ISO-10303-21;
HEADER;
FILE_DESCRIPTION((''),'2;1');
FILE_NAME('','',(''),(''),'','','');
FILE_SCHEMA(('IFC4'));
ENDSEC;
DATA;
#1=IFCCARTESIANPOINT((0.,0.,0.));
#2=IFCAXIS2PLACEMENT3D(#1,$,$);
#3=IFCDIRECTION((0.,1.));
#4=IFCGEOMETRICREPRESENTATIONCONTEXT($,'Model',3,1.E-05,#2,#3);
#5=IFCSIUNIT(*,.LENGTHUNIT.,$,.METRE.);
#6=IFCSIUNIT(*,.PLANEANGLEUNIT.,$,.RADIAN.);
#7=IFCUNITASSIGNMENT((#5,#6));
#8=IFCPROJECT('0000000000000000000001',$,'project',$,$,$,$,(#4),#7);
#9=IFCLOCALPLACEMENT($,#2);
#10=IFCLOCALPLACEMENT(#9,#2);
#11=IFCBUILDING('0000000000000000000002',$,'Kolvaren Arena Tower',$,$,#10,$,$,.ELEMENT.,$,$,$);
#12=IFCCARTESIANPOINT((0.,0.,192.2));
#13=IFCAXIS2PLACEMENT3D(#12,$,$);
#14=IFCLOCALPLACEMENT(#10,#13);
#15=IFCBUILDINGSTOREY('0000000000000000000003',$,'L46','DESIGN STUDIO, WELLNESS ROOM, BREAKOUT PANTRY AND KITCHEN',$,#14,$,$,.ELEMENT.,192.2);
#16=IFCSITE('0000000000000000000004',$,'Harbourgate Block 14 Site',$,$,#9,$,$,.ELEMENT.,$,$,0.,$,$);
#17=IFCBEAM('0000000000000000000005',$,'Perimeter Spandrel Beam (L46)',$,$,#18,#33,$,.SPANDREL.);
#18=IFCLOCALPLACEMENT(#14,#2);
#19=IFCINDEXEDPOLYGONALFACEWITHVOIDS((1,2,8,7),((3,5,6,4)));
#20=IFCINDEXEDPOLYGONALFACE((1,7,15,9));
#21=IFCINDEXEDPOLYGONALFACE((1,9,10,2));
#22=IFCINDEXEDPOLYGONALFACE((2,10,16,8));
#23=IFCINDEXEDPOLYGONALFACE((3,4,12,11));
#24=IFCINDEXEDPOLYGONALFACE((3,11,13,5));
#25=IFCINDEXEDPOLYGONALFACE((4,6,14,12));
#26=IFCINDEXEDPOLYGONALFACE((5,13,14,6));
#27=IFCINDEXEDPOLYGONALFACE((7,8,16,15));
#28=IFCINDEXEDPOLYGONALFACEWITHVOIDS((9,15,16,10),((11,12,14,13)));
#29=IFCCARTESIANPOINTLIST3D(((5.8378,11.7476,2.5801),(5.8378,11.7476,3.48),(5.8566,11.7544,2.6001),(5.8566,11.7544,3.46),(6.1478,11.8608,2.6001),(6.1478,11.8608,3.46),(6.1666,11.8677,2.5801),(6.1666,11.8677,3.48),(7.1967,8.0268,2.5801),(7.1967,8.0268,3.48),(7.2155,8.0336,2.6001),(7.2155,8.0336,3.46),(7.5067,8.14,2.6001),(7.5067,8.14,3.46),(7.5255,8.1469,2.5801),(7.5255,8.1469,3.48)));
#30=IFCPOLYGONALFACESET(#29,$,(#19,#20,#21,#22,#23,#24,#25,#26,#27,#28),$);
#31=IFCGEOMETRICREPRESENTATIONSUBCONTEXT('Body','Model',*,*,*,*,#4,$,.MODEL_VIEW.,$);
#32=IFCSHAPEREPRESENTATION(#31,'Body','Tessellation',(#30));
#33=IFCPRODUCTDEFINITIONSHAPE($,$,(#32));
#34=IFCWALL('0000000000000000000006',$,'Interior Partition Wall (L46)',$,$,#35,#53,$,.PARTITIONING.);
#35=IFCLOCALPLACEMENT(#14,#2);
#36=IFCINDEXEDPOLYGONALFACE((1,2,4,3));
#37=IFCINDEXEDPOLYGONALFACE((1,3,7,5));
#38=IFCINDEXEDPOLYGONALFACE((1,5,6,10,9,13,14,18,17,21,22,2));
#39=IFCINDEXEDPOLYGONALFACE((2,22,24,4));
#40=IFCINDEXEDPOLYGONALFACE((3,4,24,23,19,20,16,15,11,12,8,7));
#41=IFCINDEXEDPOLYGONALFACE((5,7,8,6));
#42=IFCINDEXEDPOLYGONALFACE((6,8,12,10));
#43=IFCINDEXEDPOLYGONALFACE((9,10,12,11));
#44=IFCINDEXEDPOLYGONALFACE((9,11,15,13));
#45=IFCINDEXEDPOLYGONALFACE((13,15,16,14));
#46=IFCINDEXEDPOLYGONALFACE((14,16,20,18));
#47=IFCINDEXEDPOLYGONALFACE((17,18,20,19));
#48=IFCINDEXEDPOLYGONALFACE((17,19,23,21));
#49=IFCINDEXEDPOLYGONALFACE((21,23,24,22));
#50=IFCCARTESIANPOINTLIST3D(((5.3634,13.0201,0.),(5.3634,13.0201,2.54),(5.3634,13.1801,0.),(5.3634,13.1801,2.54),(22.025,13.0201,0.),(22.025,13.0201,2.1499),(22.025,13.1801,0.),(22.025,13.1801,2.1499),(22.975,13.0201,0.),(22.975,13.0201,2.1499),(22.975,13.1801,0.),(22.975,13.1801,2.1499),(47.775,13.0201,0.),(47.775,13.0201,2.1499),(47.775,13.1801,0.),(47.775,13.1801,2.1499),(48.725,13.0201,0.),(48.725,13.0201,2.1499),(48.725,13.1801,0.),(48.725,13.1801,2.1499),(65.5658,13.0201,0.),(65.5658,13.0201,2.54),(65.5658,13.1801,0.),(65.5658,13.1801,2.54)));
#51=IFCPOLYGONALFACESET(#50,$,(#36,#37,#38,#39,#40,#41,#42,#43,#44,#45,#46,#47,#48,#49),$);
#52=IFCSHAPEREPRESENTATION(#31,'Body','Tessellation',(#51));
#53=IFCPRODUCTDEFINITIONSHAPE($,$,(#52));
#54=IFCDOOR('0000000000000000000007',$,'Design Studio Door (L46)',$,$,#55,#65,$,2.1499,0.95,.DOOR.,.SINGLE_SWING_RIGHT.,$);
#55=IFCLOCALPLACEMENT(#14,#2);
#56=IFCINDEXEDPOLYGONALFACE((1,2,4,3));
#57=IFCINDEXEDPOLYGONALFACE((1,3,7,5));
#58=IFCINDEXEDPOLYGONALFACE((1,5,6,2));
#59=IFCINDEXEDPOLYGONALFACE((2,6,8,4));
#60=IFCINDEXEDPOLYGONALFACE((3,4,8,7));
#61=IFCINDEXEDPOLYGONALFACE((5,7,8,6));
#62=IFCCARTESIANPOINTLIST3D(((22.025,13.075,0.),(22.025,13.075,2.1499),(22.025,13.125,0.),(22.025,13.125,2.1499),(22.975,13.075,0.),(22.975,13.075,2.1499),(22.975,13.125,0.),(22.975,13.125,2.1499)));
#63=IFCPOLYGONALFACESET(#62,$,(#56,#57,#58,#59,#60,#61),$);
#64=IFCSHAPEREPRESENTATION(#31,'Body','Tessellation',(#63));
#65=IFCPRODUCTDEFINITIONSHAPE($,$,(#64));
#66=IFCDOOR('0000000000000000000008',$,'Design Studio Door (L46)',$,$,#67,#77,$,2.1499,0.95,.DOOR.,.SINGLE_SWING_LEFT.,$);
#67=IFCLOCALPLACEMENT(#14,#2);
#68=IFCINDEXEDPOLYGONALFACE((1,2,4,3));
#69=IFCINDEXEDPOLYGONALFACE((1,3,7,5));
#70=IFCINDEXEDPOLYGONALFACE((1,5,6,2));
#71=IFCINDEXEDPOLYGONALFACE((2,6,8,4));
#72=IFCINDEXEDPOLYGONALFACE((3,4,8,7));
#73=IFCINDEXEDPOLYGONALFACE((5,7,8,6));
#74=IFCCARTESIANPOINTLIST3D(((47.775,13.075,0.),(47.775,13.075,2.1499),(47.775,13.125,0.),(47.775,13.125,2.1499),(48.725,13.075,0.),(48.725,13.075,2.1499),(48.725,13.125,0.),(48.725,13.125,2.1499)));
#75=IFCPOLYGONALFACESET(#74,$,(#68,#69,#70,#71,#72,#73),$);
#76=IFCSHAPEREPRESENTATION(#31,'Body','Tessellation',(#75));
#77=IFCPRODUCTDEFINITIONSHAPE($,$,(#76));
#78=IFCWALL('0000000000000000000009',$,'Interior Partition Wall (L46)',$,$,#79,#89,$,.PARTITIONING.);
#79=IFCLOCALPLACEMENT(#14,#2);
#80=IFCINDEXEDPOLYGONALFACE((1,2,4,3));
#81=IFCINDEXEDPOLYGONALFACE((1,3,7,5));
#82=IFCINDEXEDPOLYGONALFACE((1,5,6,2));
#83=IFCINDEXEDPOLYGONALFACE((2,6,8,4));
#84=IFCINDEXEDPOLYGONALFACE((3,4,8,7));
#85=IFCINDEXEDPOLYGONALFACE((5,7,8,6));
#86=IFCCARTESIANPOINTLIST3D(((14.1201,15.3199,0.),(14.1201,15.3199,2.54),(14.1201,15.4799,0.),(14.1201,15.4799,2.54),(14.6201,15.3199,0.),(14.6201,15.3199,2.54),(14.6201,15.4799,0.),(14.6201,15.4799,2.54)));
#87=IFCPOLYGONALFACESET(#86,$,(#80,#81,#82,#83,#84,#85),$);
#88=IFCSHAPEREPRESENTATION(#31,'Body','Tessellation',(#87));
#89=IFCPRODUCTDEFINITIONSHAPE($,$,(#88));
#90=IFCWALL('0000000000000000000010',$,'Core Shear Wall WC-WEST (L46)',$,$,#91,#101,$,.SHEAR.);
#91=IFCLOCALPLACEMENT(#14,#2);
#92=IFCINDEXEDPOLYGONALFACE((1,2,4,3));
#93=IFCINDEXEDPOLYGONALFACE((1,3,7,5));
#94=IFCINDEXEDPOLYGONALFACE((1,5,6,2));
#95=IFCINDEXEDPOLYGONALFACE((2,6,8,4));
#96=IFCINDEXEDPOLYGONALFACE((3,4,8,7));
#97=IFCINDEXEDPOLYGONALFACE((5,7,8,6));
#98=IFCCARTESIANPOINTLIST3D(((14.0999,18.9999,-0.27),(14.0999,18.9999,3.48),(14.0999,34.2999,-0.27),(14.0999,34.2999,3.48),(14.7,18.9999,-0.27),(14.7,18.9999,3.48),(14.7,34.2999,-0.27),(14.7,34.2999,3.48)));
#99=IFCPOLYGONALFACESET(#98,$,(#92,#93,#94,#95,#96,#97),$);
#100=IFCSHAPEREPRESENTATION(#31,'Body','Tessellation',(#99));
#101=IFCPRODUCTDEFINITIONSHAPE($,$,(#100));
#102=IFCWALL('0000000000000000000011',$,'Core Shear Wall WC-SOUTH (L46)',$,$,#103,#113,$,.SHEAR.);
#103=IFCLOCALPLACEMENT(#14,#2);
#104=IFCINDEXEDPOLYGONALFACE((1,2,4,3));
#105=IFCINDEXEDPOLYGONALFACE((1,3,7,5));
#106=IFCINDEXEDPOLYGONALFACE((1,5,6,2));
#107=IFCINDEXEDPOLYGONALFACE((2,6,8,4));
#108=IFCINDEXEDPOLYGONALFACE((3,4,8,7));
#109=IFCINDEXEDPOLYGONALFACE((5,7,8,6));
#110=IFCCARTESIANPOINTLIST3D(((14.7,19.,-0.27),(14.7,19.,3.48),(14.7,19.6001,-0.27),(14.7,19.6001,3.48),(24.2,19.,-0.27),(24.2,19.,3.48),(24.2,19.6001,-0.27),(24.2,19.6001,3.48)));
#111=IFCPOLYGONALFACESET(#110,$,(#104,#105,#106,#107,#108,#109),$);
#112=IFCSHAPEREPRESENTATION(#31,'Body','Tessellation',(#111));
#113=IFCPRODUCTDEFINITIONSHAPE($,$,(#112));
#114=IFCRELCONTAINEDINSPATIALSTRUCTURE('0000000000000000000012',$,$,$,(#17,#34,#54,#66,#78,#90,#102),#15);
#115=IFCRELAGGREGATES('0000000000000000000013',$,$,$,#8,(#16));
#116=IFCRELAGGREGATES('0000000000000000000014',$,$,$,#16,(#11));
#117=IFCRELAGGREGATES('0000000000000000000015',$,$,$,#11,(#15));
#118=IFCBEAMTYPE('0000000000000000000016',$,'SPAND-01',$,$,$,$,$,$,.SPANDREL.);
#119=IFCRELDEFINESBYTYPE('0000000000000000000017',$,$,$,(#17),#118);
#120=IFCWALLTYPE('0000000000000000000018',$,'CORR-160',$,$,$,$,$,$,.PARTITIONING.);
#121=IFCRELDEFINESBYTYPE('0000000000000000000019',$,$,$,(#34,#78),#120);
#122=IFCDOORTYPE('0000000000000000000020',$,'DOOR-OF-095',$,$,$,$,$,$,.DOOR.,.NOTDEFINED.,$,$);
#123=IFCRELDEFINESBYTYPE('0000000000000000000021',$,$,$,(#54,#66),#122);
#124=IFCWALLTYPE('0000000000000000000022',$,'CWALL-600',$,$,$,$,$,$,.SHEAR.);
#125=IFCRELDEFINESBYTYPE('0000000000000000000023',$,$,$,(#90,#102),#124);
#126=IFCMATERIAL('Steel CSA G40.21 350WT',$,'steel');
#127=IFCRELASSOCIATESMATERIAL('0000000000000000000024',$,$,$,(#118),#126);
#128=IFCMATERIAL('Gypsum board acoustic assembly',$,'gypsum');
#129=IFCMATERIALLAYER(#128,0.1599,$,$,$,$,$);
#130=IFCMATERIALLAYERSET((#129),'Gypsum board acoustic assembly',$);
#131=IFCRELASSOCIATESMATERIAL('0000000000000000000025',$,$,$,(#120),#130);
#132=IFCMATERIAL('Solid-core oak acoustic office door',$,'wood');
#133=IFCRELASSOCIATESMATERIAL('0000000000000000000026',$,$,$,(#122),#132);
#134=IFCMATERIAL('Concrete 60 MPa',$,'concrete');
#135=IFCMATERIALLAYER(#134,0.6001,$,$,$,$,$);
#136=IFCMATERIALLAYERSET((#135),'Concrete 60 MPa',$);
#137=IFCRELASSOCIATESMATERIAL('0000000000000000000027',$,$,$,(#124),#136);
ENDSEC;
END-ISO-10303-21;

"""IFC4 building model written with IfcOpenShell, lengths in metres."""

from ifc_helpers import new_model, si_unit, direction, frame, frame_2d, origin, origin_2d, place, context, subcontext, project, spatial, rectangle, hollow_rectangle, extrude, material, layer, layer_set, material_profile, profile_set, type_object, element, fill, save


model = new_model("IFC4")

# Units and contexts
model_context = context("Model", 3, precision=1e-05, world=origin(), true_north=direction((0.0, 1.0)))
body_context = subcontext(model_context, "Body", "Model", "MODEL_VIEW")
ifc_project = project(units=[si_unit("LENGTHUNIT", "METRE"), si_unit("PLANEANGLEUNIT", "RADIAN")], contexts=[model_context])

# Site, building, storey
site_placement = place(None, origin())
site = spatial("IfcSite", under=ifc_project, at=site_placement, Name="Harbourgate Block 14 Site", CompositionType="ELEMENT", RefElevation=0.0)
building_placement = place(site_placement, origin())
building = spatial("IfcBuilding", under=site, at=building_placement, Name="Kolvaren Arena Tower", CompositionType="ELEMENT")
storey_placement = place(building_placement, frame((0.0, 0.0, 192.2)))
storey = spatial("IfcBuildingStorey", under=building, at=storey_placement, Name="L46", Description="DESIGN STUDIO, WELLNESS ROOM, BREAKOUT PANTRY AND KITCHEN", CompositionType="ELEMENT", Elevation=192.2)

# Beam
ifc_material_1 = material(Name="Steel CSA G40.21 350WT", Category="steel")
ifc_material_profile_1 = material_profile(ifc_material_1, hollow_rectangle(XDim=0.3501, YDim=0.8999, WallThickness=0.02, at=origin_2d()), Name="HSS 900x350x20")
ifc_profile_set_1 = profile_set([ifc_material_profile_1], Name="Steel CSA G40.21 350WT")
beam_type_1 = type_object("IfcBeamType", Name="SPAND-01", PredefinedType="SPANDREL", material=ifc_profile_set_1)
beam_1_placement = place(storey_placement, frame((6.0022, 11.8076, 3.03), z_axis=(0.343059, -0.939314, 0.0), x_axis=(0.939314, 0.343059, 0.0)))
element("IfcBeam", 1, at=beam_1_placement, inside=storey, type_object=beam_type_1, Name="Perimeter Spandrel Beam (L46)", PredefinedType="SPANDREL", context=body_context, shape_type="SweptSolid", body=[
    extrude(hollow_rectangle(XDim=0.3501, YDim=0.8999, WallThickness=0.02, at=origin_2d()), origin(), (0.0, 0.0, 1.0), 3.9612),
])

# Wall, openings, doors
ifc_material_2 = material(Name="Gypsum board acoustic assembly", Category="gypsum")
ifc_layer_1 = layer(ifc_material_2, 0.1599)
ifc_layer_set_1 = layer_set([ifc_layer_1], Name="Gypsum board acoustic assembly")
wall_type_1 = type_object("IfcWallType", Name="CORR-160", PredefinedType="PARTITIONING", material=ifc_layer_set_1)
wall_1_placement = place(storey_placement, frame((5.3635, 13.1001, 0.0), z_axis=(0.0, 0.0, 1.0), x_axis=(1.0, 0.0, 0.0)))
wall_1 = element("IfcWall", 2, at=wall_1_placement, inside=storey, type_object=wall_type_1, Name="Interior Partition Wall (L46)", PredefinedType="PARTITIONING", context=body_context, shape_type="SweptSolid", body=[
    extrude(rectangle(XDim=60.2024, YDim=0.1599, at=frame_2d((30.1011, 0.0))), origin(), (0.0, 0.0, 1.0), 2.54),
])
opening_1_placement = place(wall_1_placement, frame((16.6614, 0.0, 0.0)))
opening_1 = element("IfcOpeningElement", 3, at=opening_1_placement, cuts=wall_1, PredefinedType="OPENING", context=body_context, shape_type="SweptSolid", body=[
    extrude(rectangle(XDim=0.95, YDim=2.1499, at=frame_2d((0.4751, 1.075))), frame((0.0, 0.0898, 0.0), z_axis=(0.0, -1.0, 0.0), x_axis=(1.0, 0.0, 0.0)), (0.0, 0.0, 1.0), 0.1799),
])
opening_2_placement = place(wall_1_placement, frame((42.4114, 0.0, 0.0)))
opening_2 = element("IfcOpeningElement", 4, at=opening_2_placement, cuts=wall_1, PredefinedType="OPENING", context=body_context, shape_type="SweptSolid", body=[
    extrude(rectangle(XDim=0.95, YDim=2.1499, at=frame_2d((0.4751, 1.075))), frame((0.0, 0.0898, 0.0), z_axis=(0.0, -1.0, 0.0), x_axis=(1.0, 0.0, 0.0)), (0.0, 0.0, 1.0), 0.1799),
])
ifc_material_3 = material(Name="Solid-core oak acoustic office door", Category="wood")
door_type_1 = type_object("IfcDoorType", Name="DOOR-OF-095", OperationType="NOTDEFINED", PredefinedType="DOOR", material=ifc_material_3)
door_1_placement = place(opening_1_placement, origin())
door_1 = element("IfcDoor", 5, at=door_1_placement, inside=storey, type_object=door_type_1, Name="Design Studio Door (L46)", OperationType="SINGLE_SWING_RIGHT", OverallHeight=2.1499, OverallWidth=0.95, PredefinedType="DOOR", context=body_context, shape_type="SweptSolid", body=[
    extrude(rectangle(XDim=0.95, YDim=2.1499, at=frame_2d((0.4751, 1.075))), frame((0.0, 0.0249, 0.0), z_axis=(0.0, -1.0, 0.0), x_axis=(1.0, 0.0, 0.0)), (0.0, 0.0, 1.0), 0.05),
])
fill(opening_1, door_1)
door_2_placement = place(opening_2_placement, origin())
door_2 = element("IfcDoor", 6, at=door_2_placement, inside=storey, type_object=door_type_1, Name="Design Studio Door (L46)", OperationType="SINGLE_SWING_LEFT", OverallHeight=2.1499, OverallWidth=0.95, PredefinedType="DOOR", context=body_context, shape_type="SweptSolid", body=[
    extrude(rectangle(XDim=0.95, YDim=2.1499, at=frame_2d((0.4751, 1.075))), frame((0.0, 0.0249, 0.0), z_axis=(0.0, -1.0, 0.0), x_axis=(1.0, 0.0, 0.0)), (0.0, 0.0, 1.0), 0.05),
])
fill(opening_2, door_2)

# Walls
wall_2_placement = place(storey_placement, frame((14.1201, 15.3999, 0.0), z_axis=(0.0, 0.0, 1.0), x_axis=(1.0, 0.0, 0.0)))
element("IfcWall", 7, at=wall_2_placement, inside=storey, type_object=wall_type_1, Name="Interior Partition Wall (L46)", PredefinedType="PARTITIONING", context=body_context, shape_type="SweptSolid", body=[
    extrude(rectangle(XDim=0.5, YDim=0.1599, at=frame_2d((0.25, 0.0))), origin(), (0.0, 0.0, 1.0), 2.54),
])
ifc_material_4 = material(Name="Concrete 60 MPa", Category="concrete")
ifc_layer_2 = layer(ifc_material_4, 0.6001)
ifc_layer_set_2 = layer_set([ifc_layer_2], Name="Concrete 60 MPa")
wall_type_2 = type_object("IfcWallType", Name="CWALL-600", PredefinedType="SHEAR", material=ifc_layer_set_2)
wall_3_placement = place(storey_placement, frame((14.3999, 19.0, -0.27), z_axis=(0.0, 0.0, 1.0), x_axis=(0.0, 1.0, 0.0)))
element("IfcWall", 8, at=wall_3_placement, inside=storey, type_object=wall_type_2, Name="Core Shear Wall WC-WEST (L46)", PredefinedType="SHEAR", context=body_context, shape_type="SweptSolid", body=[
    extrude(rectangle(XDim=15.3, YDim=0.6001, at=frame_2d((7.6499, 0.0))), origin(), (0.0, 0.0, 1.0), 3.75),
])
wall_4_placement = place(storey_placement, frame((14.7, 19.3, -0.27), z_axis=(0.0, 0.0, 1.0), x_axis=(1.0, 0.0, 0.0)))
element("IfcWall", 9, at=wall_4_placement, inside=storey, type_object=wall_type_2, Name="Core Shear Wall WC-SOUTH (L46)", PredefinedType="SHEAR", context=body_context, shape_type="SweptSolid", body=[
    extrude(rectangle(XDim=9.5, YDim=0.6001, at=frame_2d((4.75, 0.0))), origin(), (0.0, 0.0, 1.0), 3.75),
])

save(model, "model.ifc")
